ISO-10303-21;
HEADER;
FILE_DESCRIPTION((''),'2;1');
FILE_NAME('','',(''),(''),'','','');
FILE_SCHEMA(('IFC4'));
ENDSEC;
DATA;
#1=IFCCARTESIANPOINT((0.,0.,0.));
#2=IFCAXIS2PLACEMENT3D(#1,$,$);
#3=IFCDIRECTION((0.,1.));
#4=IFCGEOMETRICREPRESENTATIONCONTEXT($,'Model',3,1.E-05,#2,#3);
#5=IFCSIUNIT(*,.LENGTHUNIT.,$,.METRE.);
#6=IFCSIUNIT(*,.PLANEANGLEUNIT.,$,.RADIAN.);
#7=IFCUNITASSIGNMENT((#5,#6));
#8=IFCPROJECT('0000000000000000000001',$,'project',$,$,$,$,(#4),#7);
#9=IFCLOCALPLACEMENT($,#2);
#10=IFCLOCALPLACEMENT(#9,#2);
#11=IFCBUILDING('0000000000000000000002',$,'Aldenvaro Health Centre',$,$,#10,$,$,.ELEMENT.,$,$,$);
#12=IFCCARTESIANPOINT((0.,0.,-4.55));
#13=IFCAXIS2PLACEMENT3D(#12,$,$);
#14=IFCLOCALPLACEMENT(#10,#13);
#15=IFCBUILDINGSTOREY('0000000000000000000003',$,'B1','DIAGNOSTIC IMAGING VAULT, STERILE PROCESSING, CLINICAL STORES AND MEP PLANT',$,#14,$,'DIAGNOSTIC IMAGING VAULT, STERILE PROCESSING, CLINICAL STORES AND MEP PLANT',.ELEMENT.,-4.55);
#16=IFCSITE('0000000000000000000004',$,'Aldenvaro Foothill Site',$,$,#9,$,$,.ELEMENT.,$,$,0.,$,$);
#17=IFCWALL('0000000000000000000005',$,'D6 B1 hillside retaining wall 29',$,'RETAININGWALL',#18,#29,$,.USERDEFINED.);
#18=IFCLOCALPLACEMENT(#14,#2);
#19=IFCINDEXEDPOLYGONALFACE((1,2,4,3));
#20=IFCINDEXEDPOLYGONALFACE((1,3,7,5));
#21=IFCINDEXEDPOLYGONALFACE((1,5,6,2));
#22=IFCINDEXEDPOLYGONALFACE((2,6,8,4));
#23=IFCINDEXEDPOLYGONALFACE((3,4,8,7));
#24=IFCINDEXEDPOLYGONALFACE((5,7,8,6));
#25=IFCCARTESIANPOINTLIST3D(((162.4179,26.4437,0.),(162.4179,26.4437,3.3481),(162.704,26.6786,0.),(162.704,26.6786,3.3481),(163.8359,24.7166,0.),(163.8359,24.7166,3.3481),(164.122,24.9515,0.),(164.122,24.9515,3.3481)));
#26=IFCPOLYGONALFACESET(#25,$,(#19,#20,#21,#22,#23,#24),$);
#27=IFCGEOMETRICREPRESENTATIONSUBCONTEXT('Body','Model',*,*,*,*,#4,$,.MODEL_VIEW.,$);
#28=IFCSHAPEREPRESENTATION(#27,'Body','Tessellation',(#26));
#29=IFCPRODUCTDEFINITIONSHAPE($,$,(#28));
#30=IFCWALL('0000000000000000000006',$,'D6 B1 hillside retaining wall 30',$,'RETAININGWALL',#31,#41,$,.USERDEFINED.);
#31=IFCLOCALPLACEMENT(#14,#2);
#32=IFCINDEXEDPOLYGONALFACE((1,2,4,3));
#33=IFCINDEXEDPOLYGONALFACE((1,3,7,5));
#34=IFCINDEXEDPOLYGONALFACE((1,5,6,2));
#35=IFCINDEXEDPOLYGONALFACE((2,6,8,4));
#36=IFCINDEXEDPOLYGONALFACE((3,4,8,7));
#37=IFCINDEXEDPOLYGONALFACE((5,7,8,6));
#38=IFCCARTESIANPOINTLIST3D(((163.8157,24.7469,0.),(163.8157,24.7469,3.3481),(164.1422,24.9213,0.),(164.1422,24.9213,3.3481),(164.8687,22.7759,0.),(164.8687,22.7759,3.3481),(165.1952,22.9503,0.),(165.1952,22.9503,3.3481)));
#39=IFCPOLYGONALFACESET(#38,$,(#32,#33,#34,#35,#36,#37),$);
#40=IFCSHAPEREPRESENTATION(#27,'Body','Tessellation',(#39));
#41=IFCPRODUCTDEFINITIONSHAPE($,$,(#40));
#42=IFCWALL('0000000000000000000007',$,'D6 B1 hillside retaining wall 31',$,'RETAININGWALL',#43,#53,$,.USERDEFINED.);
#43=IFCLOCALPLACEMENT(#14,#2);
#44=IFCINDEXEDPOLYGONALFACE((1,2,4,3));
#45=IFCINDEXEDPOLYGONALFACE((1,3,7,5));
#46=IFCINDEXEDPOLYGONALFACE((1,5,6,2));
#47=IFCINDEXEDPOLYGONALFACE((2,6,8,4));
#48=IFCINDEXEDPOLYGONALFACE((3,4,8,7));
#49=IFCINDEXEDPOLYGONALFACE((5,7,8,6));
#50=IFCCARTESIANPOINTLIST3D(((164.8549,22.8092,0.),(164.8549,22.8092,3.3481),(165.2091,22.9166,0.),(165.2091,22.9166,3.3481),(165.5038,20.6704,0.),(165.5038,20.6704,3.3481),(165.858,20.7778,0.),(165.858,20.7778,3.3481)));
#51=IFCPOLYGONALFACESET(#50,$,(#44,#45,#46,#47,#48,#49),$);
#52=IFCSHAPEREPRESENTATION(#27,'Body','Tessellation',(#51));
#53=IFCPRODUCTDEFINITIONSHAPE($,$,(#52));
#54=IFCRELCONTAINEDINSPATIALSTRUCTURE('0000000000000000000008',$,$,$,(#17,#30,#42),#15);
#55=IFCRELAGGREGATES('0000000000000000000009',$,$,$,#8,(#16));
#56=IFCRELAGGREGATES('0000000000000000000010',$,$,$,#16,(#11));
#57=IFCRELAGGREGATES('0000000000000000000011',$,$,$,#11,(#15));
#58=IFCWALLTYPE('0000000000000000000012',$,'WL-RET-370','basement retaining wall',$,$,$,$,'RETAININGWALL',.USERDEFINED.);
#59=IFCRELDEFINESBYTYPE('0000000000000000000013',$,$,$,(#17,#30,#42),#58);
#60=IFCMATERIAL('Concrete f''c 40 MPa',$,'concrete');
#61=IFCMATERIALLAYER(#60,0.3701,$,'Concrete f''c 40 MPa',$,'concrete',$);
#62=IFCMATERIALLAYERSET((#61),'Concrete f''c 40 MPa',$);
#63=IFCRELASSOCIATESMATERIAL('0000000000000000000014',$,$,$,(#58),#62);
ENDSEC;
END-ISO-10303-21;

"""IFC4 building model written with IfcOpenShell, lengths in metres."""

from ifc_helpers import new_model, si_unit, direction, frame, frame_2d, origin, place, context, subcontext, project, spatial, rectangle, extrude, material, layer, layer_set, type_object, element, save


model = new_model("IFC4")

# Units and contexts
model_context = context("Model", 3, precision=1e-05, world=origin(), true_north=direction((0.0, 1.0)))
body_context = subcontext(model_context, "Body", "Model", "MODEL_VIEW")
ifc_project = project(units=[si_unit("LENGTHUNIT", "METRE"), si_unit("PLANEANGLEUNIT", "RADIAN")], contexts=[model_context])

# Site, building, storey
site_placement = place(None, origin())
site = spatial("IfcSite", under=ifc_project, at=site_placement, Name="Aldenvaro Foothill Site", CompositionType="ELEMENT", RefElevation=0.0)
building_placement = place(site_placement, origin())
building = spatial("IfcBuilding", under=site, at=building_placement, Name="Aldenvaro Health Centre", CompositionType="ELEMENT")
storey_placement = place(building_placement, frame((0.0, 0.0, -4.55)))
storey = spatial("IfcBuildingStorey", under=building, at=storey_placement, Name="B1", Description="DIAGNOSTIC IMAGING VAULT, STERILE PROCESSING, CLINICAL STORES AND MEP PLANT", LongName="DIAGNOSTIC IMAGING VAULT, STERILE PROCESSING, CLINICAL STORES AND MEP PLANT", CompositionType="ELEMENT", Elevation=-4.55)

# Shared definitions
ifc_material_1 = material(Name="Concrete f'c 40 MPa", Category="concrete")

# Walls
ifc_layer_1 = layer(ifc_material_1, 0.3701, Name="Concrete f'c 40 MPa", Category="concrete")
ifc_layer_set_1 = layer_set([ifc_layer_1], Name="Concrete f'c 40 MPa")
wall_type = type_object("IfcWallType", Name="WL-RET-370", Description="basement retaining wall", ElementType="RETAININGWALL", PredefinedType="USERDEFINED", material=ifc_layer_set_1)
for number, where, z_axis, x_axis, name in (
    (1, (162.561, 26.561, 0.0), (0.0, 0.0, 1.0), (0.634558, -0.772876, 0.0), "D6 B1 hillside retaining wall 29"),
    (2, (163.979, 24.834, 0.0), (0.0, 0.0, 1.0), (0.471218, -0.882017, 0.0), "D6 B1 hillside retaining wall 30"),
):
    element("IfcWall", number, at=place(storey_placement, frame(where, z_axis=z_axis, x_axis=x_axis)), inside=storey, type_object=wall_type, Name=name, ObjectType="RETAININGWALL", PredefinedType="USERDEFINED", context=body_context, shape_type="SweptSolid", body=[
        extrude(rectangle(XDim=2.2346, YDim=0.3701, at=frame_2d((1.1172, 0.0))), origin(), (0.0, 0.0, 1.0), 3.3481),
    ])
wall_placement = place(storey_placement, frame((165.032, 22.863, 0.0), z_axis=(0.0, 0.0, 1.0), x_axis=(0.290323, -0.956929, 0.0)))
element("IfcWall", 3, at=wall_placement, inside=storey, type_object=wall_type, Name="D6 B1 hillside retaining wall 31", ObjectType="RETAININGWALL", PredefinedType="USERDEFINED", context=body_context, shape_type="SweptSolid", body=[
    extrude(rectangle(XDim=2.2351, YDim=0.3701, at=frame_2d((1.1177, 0.0))), origin(), (0.0, 0.0, 1.0), 3.3481),
])

save(model, "model.ifc")
